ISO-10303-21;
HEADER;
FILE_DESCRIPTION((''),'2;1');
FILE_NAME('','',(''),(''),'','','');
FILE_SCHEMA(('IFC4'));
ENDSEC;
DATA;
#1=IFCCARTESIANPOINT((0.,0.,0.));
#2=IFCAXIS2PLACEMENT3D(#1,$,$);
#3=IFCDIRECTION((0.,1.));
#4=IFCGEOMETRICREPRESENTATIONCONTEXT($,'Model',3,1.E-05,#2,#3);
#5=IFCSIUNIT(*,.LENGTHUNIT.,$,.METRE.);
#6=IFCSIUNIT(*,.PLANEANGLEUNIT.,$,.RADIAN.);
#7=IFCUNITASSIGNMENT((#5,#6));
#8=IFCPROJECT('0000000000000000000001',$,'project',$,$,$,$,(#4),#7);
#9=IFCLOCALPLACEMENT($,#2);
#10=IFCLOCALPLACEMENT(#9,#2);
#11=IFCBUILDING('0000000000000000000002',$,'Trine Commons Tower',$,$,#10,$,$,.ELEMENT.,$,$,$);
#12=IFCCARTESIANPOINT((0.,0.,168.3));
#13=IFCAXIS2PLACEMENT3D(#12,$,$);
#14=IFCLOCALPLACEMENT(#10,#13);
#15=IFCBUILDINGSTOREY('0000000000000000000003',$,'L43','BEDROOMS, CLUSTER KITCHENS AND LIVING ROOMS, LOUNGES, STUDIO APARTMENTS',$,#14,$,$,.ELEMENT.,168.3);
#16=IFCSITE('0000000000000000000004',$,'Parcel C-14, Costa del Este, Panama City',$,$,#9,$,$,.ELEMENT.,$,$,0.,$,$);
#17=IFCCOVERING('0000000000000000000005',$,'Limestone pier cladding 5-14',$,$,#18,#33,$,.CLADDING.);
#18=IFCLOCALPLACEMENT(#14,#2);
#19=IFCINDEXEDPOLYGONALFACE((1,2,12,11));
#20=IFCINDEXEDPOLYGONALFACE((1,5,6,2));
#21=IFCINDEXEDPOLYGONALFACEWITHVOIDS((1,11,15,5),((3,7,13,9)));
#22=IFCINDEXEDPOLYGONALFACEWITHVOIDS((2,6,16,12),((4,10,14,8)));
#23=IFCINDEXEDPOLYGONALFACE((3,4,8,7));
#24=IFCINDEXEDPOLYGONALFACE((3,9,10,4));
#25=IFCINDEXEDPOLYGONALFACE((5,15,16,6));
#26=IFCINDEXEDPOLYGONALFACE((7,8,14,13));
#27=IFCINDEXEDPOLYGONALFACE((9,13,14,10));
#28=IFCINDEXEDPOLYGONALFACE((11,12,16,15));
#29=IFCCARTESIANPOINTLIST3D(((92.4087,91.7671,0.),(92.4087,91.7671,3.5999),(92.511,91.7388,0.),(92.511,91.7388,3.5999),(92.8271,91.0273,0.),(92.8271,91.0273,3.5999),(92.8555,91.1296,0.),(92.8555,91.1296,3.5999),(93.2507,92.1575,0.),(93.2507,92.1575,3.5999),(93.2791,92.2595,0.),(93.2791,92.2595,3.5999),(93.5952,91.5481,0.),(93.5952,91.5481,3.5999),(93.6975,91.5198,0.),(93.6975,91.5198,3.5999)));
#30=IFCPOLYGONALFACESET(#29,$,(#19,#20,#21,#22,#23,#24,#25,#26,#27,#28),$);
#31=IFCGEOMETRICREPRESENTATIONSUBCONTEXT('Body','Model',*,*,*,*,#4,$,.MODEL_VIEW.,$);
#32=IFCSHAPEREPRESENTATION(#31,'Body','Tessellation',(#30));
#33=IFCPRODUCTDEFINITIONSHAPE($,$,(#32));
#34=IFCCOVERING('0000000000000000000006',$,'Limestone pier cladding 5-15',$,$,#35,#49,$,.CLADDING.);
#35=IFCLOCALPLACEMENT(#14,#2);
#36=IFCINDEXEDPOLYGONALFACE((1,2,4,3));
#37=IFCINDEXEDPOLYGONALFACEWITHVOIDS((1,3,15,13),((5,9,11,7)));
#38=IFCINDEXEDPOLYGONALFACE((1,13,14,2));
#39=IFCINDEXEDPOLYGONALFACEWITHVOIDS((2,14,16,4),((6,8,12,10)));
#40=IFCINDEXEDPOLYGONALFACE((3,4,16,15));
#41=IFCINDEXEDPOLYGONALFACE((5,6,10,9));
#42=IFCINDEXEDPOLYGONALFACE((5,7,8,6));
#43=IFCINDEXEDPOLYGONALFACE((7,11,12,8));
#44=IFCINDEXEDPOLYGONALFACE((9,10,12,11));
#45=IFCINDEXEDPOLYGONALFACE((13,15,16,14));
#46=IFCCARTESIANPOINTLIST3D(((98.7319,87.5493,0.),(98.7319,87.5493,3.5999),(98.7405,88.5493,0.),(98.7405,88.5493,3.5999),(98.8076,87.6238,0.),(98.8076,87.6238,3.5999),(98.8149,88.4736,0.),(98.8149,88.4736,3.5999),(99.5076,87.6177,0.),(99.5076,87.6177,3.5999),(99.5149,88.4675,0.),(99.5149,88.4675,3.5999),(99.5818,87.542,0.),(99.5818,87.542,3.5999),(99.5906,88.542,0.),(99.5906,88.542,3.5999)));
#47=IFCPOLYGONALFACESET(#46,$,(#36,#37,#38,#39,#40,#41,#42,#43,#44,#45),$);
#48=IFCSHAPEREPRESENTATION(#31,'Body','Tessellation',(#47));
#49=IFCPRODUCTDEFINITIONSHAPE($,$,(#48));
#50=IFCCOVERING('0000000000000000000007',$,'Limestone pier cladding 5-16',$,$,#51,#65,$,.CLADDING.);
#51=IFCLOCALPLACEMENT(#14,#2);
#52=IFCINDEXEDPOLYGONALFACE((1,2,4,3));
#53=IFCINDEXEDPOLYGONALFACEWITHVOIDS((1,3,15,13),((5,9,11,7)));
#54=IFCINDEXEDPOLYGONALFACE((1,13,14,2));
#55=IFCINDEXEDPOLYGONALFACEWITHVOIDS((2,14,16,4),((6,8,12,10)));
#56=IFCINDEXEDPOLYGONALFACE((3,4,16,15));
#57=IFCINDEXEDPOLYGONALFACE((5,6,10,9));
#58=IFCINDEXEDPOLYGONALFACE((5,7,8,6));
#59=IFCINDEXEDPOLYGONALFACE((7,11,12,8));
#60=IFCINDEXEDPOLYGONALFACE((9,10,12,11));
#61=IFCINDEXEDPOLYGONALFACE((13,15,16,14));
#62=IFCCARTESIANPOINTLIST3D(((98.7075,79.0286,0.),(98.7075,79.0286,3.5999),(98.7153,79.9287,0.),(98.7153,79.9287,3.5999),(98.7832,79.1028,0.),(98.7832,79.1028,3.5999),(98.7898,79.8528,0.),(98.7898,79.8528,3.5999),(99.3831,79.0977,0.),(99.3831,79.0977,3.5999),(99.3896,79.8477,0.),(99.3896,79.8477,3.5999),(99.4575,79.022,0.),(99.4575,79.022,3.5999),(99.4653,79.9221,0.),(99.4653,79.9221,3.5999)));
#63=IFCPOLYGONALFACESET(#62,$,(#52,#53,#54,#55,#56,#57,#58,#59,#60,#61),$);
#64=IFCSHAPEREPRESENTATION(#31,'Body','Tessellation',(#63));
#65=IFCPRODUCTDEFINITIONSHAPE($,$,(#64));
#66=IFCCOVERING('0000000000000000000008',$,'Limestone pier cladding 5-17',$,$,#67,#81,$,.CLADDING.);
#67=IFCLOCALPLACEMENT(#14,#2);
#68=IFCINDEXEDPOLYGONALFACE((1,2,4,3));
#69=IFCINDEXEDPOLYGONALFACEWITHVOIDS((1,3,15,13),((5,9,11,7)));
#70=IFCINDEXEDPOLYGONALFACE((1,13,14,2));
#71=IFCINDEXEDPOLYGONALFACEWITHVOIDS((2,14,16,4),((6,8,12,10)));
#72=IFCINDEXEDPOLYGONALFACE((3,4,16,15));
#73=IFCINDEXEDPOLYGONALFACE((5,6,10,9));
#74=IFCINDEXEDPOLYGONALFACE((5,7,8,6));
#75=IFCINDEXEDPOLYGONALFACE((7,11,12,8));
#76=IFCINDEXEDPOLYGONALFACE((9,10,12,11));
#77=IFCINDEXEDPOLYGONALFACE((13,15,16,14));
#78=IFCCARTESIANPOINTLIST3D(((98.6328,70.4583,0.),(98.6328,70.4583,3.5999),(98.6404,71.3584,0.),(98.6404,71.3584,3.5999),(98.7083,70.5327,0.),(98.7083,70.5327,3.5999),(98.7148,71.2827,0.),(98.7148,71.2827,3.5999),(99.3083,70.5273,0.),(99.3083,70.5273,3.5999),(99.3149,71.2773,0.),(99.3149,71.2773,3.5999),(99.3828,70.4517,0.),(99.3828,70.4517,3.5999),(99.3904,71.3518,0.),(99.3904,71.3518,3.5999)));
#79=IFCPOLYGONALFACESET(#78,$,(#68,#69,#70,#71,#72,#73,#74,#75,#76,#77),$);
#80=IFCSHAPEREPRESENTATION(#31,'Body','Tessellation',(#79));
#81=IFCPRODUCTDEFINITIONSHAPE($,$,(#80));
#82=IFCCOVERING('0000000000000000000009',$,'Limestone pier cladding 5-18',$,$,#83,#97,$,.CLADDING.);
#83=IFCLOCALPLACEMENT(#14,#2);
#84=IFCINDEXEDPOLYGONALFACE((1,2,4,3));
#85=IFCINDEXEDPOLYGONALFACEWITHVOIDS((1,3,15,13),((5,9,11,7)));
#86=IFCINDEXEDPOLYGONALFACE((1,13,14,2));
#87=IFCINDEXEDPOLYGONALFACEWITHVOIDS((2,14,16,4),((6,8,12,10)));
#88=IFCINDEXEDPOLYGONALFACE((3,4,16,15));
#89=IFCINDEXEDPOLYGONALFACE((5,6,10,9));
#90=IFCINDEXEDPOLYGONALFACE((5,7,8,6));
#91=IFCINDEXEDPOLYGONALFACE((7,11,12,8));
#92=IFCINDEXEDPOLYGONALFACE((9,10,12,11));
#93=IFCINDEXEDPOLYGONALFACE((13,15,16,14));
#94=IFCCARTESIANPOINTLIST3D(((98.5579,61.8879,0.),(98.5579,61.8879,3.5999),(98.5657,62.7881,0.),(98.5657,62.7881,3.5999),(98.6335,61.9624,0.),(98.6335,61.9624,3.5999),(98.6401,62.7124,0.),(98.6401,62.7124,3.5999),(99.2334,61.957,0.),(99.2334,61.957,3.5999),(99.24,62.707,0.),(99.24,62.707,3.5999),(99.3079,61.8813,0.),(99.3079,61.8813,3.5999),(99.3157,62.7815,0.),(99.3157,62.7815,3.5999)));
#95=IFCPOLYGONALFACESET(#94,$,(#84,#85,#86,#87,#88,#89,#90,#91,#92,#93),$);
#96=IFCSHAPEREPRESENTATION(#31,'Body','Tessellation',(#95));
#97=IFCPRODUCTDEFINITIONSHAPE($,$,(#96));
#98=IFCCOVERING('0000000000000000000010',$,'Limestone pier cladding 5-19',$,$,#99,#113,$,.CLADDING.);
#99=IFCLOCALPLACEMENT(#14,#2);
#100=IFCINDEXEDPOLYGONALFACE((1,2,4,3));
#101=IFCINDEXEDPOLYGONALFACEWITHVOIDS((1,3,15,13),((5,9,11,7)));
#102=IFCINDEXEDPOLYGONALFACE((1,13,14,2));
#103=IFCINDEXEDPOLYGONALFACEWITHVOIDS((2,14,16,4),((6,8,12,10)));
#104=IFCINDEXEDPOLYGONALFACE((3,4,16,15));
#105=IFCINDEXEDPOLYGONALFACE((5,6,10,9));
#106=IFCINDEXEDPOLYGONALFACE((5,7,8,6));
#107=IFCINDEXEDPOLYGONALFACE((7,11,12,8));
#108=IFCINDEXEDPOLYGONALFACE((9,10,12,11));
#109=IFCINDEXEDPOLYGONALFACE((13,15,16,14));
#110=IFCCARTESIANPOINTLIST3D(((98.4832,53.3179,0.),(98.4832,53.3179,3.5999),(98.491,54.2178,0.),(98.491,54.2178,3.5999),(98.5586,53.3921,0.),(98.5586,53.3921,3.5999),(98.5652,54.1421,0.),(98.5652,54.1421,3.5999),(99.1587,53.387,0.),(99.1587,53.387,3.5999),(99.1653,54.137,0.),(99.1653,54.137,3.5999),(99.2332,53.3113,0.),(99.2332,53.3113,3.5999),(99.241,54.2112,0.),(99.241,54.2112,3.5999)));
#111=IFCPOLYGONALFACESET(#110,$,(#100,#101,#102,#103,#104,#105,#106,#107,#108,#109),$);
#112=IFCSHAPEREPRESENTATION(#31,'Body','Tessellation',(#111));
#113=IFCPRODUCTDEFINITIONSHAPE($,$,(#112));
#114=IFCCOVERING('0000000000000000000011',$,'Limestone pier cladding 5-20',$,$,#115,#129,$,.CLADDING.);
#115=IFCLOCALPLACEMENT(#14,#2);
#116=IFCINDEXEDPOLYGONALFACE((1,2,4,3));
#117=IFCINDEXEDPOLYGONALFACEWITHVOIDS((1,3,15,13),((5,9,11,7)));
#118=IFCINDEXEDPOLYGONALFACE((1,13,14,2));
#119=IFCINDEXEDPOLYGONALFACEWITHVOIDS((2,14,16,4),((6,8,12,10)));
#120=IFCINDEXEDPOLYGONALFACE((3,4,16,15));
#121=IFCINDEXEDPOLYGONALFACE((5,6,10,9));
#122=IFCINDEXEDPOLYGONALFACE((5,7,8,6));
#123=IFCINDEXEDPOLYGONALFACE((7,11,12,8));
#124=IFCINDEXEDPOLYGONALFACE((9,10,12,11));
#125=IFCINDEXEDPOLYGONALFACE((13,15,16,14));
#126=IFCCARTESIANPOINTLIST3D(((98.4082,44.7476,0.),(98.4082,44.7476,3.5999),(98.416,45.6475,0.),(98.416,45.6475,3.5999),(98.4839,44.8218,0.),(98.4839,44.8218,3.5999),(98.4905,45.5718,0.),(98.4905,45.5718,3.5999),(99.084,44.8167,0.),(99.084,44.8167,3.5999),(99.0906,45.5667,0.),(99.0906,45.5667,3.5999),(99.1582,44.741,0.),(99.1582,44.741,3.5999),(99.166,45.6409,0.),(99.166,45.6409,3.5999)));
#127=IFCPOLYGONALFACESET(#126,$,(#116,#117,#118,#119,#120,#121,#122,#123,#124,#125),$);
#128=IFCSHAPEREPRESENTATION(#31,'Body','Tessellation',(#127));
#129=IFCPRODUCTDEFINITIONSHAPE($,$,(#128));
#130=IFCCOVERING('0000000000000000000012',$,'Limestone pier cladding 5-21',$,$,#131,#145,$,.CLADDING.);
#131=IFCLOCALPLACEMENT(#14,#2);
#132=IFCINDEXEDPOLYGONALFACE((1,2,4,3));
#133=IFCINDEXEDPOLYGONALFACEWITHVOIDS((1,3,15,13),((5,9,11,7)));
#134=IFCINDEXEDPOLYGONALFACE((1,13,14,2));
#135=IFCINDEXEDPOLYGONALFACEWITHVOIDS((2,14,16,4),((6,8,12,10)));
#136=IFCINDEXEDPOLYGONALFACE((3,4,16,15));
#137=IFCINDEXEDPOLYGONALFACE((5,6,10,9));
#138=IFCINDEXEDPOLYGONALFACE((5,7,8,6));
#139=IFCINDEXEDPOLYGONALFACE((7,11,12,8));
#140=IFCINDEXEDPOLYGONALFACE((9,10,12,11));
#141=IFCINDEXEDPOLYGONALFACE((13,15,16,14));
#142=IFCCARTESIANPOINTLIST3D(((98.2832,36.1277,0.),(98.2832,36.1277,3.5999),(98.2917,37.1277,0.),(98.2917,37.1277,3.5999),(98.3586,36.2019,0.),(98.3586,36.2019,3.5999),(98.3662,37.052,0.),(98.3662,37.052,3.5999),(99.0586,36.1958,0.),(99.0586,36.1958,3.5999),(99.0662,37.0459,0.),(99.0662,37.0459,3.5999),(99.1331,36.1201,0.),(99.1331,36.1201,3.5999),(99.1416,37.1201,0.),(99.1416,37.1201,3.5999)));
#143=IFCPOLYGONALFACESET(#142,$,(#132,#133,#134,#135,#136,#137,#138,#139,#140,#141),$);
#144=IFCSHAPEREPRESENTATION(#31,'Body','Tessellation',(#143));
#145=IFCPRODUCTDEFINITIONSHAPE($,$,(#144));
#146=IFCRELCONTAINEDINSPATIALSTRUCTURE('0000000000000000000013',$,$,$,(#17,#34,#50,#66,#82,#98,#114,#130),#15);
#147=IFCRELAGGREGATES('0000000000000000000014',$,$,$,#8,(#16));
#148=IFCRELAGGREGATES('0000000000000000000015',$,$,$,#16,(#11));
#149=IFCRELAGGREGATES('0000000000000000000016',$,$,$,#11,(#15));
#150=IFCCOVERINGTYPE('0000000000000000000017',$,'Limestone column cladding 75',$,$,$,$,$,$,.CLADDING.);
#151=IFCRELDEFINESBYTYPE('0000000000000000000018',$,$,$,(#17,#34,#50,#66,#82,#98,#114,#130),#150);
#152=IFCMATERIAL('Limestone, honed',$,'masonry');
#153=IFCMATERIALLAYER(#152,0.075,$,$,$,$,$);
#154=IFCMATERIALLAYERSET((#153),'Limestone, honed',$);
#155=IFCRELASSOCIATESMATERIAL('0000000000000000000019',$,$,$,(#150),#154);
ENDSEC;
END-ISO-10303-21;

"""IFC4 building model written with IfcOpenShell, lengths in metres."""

from ifc_helpers import new_model, si_unit, direction, frame, origin, place, context, subcontext, project, spatial, polyline, outline, extrude, material, layer, layer_set, type_object, element, save


model = new_model("IFC4")

# Units and contexts
model_context = context("Model", 3, precision=1e-05, world=origin(), true_north=direction((0.0, 1.0)))
body_context = subcontext(model_context, "Body", "Model", "MODEL_VIEW")
ifc_project = project(units=[si_unit("LENGTHUNIT", "METRE"), si_unit("PLANEANGLEUNIT", "RADIAN")], contexts=[model_context])

# Site, building, storey
site_placement = place(None, origin())
site = spatial("IfcSite", under=ifc_project, at=site_placement, Name="Parcel C-14, Costa del Este, Panama City", CompositionType="ELEMENT", RefElevation=0.0)
building_placement = place(site_placement, origin())
building = spatial("IfcBuilding", under=site, at=building_placement, Name="Trine Commons Tower", CompositionType="ELEMENT")
storey_placement = place(building_placement, frame((0.0, 0.0, 168.3)))
storey = spatial("IfcBuildingStorey", under=building, at=storey_placement, Name="L43", Description="BEDROOMS, CLUSTER KITCHENS AND LIVING ROOMS, LOUNGES, STUDIO APARTMENTS", CompositionType="ELEMENT", Elevation=168.3)

# Coverings
ifc_material_1 = material(Name="Limestone, honed", Category="masonry")
ifc_layer_1 = layer(ifc_material_1, 0.075)
ifc_layer_set_1 = layer_set([ifc_layer_1], Name="Limestone, honed")
covering_type_1 = type_object("IfcCoveringType", Name="Limestone column cladding 75", PredefinedType="CLADDING", material=ifc_layer_set_1)
covering_1_placement = place(storey_placement, origin())
element("IfcCovering", 1, at=covering_1_placement, inside=storey, type_object=covering_type_1, Name="Limestone pier cladding 5-14", PredefinedType="CLADDING", context=body_context, shape_type="SweptSolid", body=[
    extrude(outline(polyline([(93.6975, 91.5198), (93.2791, 92.2595), (92.4087, 91.7671), (92.8271, 91.0273), (93.6975, 91.5198)]), holes=[polyline([(93.5952, 91.5481), (93.2507, 92.1575), (92.511, 91.7388), (92.8555, 91.1296), (93.5952, 91.5481)])]), origin(), (0.0, 0.0, 1.0), 3.5999),
])
covering_2_placement = place(storey_placement, origin())
element("IfcCovering", 2, at=covering_2_placement, inside=storey, type_object=covering_type_1, Name="Limestone pier cladding 5-15", PredefinedType="CLADDING", context=body_context, shape_type="SweptSolid", body=[
    extrude(outline(polyline([(99.5906, 88.542), (98.7405, 88.5493), (98.7319, 87.5493), (99.5818, 87.542), (99.5906, 88.542)]), holes=[polyline([(99.5149, 88.4675), (98.8149, 88.4736), (98.8076, 87.6238), (99.5076, 87.6177), (99.5149, 88.4675)])]), origin(), (0.0, 0.0, 1.0), 3.5999),
])
covering_3_placement = place(storey_placement, origin())
element("IfcCovering", 3, at=covering_3_placement, inside=storey, type_object=covering_type_1, Name="Limestone pier cladding 5-16", PredefinedType="CLADDING", context=body_context, shape_type="SweptSolid", body=[
    extrude(outline(polyline([(99.4653, 79.9221), (98.7153, 79.9287), (98.7075, 79.0286), (99.4575, 79.022), (99.4653, 79.9221)]), holes=[polyline([(99.3896, 79.8477), (98.7898, 79.8528), (98.7832, 79.1028), (99.3831, 79.0977), (99.3896, 79.8477)])]), origin(), (0.0, 0.0, 1.0), 3.5999),
])
covering_4_placement = place(storey_placement, origin())
element("IfcCovering", 4, at=covering_4_placement, inside=storey, type_object=covering_type_1, Name="Limestone pier cladding 5-17", PredefinedType="CLADDING", context=body_context, shape_type="SweptSolid", body=[
    extrude(outline(polyline([(99.3904, 71.3518), (98.6404, 71.3584), (98.6328, 70.4583), (99.3828, 70.4517), (99.3904, 71.3518)]), holes=[polyline([(99.3149, 71.2773), (98.7148, 71.2827), (98.7083, 70.5327), (99.3083, 70.5273), (99.3149, 71.2773)])]), origin(), (0.0, 0.0, 1.0), 3.5999),
])
covering_5_placement = place(storey_placement, origin())
element("IfcCovering", 5, at=covering_5_placement, inside=storey, type_object=covering_type_1, Name="Limestone pier cladding 5-18", PredefinedType="CLADDING", context=body_context, shape_type="SweptSolid", body=[
    extrude(outline(polyline([(99.3157, 62.7815), (98.5657, 62.7881), (98.5579, 61.8879), (99.3079, 61.8813), (99.3157, 62.7815)]), holes=[polyline([(99.24, 62.707), (98.6401, 62.7124), (98.6335, 61.9624), (99.2334, 61.957), (99.24, 62.707)])]), origin(), (0.0, 0.0, 1.0), 3.5999),
])
covering_6_placement = place(storey_placement, origin())
element("IfcCovering", 6, at=covering_6_placement, inside=storey, type_object=covering_type_1, Name="Limestone pier cladding 5-19", PredefinedType="CLADDING", context=body_context, shape_type="SweptSolid", body=[
    extrude(outline(polyline([(99.241, 54.2112), (98.491, 54.2178), (98.4832, 53.3179), (99.2332, 53.3113), (99.241, 54.2112)]), holes=[polyline([(99.1653, 54.137), (98.5652, 54.1421), (98.5586, 53.3921), (99.1587, 53.387), (99.1653, 54.137)])]), origin(), (0.0, 0.0, 1.0), 3.5999),
])
covering_7_placement = place(storey_placement, origin())
element("IfcCovering", 7, at=covering_7_placement, inside=storey, type_object=covering_type_1, Name="Limestone pier cladding 5-20", PredefinedType="CLADDING", context=body_context, shape_type="SweptSolid", body=[
    extrude(outline(polyline([(99.166, 45.6409), (98.416, 45.6475), (98.4082, 44.7476), (99.1582, 44.741), (99.166, 45.6409)]), holes=[polyline([(99.0906, 45.5667), (98.4905, 45.5718), (98.4839, 44.8218), (99.084, 44.8167), (99.0906, 45.5667)])]), origin(), (0.0, 0.0, 1.0), 3.5999),
])
covering_8_placement = place(storey_placement, origin())
element("IfcCovering", 8, at=covering_8_placement, inside=storey, type_object=covering_type_1, Name="Limestone pier cladding 5-21", PredefinedType="CLADDING", context=body_context, shape_type="SweptSolid", body=[
    extrude(outline(polyline([(99.1416, 37.1201), (98.2917, 37.1277), (98.2832, 36.1277), (99.1331, 36.1201), (99.1416, 37.1201)]), holes=[polyline([(99.0662, 37.0459), (98.3662, 37.052), (98.3586, 36.2019), (99.0586, 36.1958), (99.0662, 37.0459)])]), origin(), (0.0, 0.0, 1.0), 3.5999),
])

save(model, "model.ifc")
